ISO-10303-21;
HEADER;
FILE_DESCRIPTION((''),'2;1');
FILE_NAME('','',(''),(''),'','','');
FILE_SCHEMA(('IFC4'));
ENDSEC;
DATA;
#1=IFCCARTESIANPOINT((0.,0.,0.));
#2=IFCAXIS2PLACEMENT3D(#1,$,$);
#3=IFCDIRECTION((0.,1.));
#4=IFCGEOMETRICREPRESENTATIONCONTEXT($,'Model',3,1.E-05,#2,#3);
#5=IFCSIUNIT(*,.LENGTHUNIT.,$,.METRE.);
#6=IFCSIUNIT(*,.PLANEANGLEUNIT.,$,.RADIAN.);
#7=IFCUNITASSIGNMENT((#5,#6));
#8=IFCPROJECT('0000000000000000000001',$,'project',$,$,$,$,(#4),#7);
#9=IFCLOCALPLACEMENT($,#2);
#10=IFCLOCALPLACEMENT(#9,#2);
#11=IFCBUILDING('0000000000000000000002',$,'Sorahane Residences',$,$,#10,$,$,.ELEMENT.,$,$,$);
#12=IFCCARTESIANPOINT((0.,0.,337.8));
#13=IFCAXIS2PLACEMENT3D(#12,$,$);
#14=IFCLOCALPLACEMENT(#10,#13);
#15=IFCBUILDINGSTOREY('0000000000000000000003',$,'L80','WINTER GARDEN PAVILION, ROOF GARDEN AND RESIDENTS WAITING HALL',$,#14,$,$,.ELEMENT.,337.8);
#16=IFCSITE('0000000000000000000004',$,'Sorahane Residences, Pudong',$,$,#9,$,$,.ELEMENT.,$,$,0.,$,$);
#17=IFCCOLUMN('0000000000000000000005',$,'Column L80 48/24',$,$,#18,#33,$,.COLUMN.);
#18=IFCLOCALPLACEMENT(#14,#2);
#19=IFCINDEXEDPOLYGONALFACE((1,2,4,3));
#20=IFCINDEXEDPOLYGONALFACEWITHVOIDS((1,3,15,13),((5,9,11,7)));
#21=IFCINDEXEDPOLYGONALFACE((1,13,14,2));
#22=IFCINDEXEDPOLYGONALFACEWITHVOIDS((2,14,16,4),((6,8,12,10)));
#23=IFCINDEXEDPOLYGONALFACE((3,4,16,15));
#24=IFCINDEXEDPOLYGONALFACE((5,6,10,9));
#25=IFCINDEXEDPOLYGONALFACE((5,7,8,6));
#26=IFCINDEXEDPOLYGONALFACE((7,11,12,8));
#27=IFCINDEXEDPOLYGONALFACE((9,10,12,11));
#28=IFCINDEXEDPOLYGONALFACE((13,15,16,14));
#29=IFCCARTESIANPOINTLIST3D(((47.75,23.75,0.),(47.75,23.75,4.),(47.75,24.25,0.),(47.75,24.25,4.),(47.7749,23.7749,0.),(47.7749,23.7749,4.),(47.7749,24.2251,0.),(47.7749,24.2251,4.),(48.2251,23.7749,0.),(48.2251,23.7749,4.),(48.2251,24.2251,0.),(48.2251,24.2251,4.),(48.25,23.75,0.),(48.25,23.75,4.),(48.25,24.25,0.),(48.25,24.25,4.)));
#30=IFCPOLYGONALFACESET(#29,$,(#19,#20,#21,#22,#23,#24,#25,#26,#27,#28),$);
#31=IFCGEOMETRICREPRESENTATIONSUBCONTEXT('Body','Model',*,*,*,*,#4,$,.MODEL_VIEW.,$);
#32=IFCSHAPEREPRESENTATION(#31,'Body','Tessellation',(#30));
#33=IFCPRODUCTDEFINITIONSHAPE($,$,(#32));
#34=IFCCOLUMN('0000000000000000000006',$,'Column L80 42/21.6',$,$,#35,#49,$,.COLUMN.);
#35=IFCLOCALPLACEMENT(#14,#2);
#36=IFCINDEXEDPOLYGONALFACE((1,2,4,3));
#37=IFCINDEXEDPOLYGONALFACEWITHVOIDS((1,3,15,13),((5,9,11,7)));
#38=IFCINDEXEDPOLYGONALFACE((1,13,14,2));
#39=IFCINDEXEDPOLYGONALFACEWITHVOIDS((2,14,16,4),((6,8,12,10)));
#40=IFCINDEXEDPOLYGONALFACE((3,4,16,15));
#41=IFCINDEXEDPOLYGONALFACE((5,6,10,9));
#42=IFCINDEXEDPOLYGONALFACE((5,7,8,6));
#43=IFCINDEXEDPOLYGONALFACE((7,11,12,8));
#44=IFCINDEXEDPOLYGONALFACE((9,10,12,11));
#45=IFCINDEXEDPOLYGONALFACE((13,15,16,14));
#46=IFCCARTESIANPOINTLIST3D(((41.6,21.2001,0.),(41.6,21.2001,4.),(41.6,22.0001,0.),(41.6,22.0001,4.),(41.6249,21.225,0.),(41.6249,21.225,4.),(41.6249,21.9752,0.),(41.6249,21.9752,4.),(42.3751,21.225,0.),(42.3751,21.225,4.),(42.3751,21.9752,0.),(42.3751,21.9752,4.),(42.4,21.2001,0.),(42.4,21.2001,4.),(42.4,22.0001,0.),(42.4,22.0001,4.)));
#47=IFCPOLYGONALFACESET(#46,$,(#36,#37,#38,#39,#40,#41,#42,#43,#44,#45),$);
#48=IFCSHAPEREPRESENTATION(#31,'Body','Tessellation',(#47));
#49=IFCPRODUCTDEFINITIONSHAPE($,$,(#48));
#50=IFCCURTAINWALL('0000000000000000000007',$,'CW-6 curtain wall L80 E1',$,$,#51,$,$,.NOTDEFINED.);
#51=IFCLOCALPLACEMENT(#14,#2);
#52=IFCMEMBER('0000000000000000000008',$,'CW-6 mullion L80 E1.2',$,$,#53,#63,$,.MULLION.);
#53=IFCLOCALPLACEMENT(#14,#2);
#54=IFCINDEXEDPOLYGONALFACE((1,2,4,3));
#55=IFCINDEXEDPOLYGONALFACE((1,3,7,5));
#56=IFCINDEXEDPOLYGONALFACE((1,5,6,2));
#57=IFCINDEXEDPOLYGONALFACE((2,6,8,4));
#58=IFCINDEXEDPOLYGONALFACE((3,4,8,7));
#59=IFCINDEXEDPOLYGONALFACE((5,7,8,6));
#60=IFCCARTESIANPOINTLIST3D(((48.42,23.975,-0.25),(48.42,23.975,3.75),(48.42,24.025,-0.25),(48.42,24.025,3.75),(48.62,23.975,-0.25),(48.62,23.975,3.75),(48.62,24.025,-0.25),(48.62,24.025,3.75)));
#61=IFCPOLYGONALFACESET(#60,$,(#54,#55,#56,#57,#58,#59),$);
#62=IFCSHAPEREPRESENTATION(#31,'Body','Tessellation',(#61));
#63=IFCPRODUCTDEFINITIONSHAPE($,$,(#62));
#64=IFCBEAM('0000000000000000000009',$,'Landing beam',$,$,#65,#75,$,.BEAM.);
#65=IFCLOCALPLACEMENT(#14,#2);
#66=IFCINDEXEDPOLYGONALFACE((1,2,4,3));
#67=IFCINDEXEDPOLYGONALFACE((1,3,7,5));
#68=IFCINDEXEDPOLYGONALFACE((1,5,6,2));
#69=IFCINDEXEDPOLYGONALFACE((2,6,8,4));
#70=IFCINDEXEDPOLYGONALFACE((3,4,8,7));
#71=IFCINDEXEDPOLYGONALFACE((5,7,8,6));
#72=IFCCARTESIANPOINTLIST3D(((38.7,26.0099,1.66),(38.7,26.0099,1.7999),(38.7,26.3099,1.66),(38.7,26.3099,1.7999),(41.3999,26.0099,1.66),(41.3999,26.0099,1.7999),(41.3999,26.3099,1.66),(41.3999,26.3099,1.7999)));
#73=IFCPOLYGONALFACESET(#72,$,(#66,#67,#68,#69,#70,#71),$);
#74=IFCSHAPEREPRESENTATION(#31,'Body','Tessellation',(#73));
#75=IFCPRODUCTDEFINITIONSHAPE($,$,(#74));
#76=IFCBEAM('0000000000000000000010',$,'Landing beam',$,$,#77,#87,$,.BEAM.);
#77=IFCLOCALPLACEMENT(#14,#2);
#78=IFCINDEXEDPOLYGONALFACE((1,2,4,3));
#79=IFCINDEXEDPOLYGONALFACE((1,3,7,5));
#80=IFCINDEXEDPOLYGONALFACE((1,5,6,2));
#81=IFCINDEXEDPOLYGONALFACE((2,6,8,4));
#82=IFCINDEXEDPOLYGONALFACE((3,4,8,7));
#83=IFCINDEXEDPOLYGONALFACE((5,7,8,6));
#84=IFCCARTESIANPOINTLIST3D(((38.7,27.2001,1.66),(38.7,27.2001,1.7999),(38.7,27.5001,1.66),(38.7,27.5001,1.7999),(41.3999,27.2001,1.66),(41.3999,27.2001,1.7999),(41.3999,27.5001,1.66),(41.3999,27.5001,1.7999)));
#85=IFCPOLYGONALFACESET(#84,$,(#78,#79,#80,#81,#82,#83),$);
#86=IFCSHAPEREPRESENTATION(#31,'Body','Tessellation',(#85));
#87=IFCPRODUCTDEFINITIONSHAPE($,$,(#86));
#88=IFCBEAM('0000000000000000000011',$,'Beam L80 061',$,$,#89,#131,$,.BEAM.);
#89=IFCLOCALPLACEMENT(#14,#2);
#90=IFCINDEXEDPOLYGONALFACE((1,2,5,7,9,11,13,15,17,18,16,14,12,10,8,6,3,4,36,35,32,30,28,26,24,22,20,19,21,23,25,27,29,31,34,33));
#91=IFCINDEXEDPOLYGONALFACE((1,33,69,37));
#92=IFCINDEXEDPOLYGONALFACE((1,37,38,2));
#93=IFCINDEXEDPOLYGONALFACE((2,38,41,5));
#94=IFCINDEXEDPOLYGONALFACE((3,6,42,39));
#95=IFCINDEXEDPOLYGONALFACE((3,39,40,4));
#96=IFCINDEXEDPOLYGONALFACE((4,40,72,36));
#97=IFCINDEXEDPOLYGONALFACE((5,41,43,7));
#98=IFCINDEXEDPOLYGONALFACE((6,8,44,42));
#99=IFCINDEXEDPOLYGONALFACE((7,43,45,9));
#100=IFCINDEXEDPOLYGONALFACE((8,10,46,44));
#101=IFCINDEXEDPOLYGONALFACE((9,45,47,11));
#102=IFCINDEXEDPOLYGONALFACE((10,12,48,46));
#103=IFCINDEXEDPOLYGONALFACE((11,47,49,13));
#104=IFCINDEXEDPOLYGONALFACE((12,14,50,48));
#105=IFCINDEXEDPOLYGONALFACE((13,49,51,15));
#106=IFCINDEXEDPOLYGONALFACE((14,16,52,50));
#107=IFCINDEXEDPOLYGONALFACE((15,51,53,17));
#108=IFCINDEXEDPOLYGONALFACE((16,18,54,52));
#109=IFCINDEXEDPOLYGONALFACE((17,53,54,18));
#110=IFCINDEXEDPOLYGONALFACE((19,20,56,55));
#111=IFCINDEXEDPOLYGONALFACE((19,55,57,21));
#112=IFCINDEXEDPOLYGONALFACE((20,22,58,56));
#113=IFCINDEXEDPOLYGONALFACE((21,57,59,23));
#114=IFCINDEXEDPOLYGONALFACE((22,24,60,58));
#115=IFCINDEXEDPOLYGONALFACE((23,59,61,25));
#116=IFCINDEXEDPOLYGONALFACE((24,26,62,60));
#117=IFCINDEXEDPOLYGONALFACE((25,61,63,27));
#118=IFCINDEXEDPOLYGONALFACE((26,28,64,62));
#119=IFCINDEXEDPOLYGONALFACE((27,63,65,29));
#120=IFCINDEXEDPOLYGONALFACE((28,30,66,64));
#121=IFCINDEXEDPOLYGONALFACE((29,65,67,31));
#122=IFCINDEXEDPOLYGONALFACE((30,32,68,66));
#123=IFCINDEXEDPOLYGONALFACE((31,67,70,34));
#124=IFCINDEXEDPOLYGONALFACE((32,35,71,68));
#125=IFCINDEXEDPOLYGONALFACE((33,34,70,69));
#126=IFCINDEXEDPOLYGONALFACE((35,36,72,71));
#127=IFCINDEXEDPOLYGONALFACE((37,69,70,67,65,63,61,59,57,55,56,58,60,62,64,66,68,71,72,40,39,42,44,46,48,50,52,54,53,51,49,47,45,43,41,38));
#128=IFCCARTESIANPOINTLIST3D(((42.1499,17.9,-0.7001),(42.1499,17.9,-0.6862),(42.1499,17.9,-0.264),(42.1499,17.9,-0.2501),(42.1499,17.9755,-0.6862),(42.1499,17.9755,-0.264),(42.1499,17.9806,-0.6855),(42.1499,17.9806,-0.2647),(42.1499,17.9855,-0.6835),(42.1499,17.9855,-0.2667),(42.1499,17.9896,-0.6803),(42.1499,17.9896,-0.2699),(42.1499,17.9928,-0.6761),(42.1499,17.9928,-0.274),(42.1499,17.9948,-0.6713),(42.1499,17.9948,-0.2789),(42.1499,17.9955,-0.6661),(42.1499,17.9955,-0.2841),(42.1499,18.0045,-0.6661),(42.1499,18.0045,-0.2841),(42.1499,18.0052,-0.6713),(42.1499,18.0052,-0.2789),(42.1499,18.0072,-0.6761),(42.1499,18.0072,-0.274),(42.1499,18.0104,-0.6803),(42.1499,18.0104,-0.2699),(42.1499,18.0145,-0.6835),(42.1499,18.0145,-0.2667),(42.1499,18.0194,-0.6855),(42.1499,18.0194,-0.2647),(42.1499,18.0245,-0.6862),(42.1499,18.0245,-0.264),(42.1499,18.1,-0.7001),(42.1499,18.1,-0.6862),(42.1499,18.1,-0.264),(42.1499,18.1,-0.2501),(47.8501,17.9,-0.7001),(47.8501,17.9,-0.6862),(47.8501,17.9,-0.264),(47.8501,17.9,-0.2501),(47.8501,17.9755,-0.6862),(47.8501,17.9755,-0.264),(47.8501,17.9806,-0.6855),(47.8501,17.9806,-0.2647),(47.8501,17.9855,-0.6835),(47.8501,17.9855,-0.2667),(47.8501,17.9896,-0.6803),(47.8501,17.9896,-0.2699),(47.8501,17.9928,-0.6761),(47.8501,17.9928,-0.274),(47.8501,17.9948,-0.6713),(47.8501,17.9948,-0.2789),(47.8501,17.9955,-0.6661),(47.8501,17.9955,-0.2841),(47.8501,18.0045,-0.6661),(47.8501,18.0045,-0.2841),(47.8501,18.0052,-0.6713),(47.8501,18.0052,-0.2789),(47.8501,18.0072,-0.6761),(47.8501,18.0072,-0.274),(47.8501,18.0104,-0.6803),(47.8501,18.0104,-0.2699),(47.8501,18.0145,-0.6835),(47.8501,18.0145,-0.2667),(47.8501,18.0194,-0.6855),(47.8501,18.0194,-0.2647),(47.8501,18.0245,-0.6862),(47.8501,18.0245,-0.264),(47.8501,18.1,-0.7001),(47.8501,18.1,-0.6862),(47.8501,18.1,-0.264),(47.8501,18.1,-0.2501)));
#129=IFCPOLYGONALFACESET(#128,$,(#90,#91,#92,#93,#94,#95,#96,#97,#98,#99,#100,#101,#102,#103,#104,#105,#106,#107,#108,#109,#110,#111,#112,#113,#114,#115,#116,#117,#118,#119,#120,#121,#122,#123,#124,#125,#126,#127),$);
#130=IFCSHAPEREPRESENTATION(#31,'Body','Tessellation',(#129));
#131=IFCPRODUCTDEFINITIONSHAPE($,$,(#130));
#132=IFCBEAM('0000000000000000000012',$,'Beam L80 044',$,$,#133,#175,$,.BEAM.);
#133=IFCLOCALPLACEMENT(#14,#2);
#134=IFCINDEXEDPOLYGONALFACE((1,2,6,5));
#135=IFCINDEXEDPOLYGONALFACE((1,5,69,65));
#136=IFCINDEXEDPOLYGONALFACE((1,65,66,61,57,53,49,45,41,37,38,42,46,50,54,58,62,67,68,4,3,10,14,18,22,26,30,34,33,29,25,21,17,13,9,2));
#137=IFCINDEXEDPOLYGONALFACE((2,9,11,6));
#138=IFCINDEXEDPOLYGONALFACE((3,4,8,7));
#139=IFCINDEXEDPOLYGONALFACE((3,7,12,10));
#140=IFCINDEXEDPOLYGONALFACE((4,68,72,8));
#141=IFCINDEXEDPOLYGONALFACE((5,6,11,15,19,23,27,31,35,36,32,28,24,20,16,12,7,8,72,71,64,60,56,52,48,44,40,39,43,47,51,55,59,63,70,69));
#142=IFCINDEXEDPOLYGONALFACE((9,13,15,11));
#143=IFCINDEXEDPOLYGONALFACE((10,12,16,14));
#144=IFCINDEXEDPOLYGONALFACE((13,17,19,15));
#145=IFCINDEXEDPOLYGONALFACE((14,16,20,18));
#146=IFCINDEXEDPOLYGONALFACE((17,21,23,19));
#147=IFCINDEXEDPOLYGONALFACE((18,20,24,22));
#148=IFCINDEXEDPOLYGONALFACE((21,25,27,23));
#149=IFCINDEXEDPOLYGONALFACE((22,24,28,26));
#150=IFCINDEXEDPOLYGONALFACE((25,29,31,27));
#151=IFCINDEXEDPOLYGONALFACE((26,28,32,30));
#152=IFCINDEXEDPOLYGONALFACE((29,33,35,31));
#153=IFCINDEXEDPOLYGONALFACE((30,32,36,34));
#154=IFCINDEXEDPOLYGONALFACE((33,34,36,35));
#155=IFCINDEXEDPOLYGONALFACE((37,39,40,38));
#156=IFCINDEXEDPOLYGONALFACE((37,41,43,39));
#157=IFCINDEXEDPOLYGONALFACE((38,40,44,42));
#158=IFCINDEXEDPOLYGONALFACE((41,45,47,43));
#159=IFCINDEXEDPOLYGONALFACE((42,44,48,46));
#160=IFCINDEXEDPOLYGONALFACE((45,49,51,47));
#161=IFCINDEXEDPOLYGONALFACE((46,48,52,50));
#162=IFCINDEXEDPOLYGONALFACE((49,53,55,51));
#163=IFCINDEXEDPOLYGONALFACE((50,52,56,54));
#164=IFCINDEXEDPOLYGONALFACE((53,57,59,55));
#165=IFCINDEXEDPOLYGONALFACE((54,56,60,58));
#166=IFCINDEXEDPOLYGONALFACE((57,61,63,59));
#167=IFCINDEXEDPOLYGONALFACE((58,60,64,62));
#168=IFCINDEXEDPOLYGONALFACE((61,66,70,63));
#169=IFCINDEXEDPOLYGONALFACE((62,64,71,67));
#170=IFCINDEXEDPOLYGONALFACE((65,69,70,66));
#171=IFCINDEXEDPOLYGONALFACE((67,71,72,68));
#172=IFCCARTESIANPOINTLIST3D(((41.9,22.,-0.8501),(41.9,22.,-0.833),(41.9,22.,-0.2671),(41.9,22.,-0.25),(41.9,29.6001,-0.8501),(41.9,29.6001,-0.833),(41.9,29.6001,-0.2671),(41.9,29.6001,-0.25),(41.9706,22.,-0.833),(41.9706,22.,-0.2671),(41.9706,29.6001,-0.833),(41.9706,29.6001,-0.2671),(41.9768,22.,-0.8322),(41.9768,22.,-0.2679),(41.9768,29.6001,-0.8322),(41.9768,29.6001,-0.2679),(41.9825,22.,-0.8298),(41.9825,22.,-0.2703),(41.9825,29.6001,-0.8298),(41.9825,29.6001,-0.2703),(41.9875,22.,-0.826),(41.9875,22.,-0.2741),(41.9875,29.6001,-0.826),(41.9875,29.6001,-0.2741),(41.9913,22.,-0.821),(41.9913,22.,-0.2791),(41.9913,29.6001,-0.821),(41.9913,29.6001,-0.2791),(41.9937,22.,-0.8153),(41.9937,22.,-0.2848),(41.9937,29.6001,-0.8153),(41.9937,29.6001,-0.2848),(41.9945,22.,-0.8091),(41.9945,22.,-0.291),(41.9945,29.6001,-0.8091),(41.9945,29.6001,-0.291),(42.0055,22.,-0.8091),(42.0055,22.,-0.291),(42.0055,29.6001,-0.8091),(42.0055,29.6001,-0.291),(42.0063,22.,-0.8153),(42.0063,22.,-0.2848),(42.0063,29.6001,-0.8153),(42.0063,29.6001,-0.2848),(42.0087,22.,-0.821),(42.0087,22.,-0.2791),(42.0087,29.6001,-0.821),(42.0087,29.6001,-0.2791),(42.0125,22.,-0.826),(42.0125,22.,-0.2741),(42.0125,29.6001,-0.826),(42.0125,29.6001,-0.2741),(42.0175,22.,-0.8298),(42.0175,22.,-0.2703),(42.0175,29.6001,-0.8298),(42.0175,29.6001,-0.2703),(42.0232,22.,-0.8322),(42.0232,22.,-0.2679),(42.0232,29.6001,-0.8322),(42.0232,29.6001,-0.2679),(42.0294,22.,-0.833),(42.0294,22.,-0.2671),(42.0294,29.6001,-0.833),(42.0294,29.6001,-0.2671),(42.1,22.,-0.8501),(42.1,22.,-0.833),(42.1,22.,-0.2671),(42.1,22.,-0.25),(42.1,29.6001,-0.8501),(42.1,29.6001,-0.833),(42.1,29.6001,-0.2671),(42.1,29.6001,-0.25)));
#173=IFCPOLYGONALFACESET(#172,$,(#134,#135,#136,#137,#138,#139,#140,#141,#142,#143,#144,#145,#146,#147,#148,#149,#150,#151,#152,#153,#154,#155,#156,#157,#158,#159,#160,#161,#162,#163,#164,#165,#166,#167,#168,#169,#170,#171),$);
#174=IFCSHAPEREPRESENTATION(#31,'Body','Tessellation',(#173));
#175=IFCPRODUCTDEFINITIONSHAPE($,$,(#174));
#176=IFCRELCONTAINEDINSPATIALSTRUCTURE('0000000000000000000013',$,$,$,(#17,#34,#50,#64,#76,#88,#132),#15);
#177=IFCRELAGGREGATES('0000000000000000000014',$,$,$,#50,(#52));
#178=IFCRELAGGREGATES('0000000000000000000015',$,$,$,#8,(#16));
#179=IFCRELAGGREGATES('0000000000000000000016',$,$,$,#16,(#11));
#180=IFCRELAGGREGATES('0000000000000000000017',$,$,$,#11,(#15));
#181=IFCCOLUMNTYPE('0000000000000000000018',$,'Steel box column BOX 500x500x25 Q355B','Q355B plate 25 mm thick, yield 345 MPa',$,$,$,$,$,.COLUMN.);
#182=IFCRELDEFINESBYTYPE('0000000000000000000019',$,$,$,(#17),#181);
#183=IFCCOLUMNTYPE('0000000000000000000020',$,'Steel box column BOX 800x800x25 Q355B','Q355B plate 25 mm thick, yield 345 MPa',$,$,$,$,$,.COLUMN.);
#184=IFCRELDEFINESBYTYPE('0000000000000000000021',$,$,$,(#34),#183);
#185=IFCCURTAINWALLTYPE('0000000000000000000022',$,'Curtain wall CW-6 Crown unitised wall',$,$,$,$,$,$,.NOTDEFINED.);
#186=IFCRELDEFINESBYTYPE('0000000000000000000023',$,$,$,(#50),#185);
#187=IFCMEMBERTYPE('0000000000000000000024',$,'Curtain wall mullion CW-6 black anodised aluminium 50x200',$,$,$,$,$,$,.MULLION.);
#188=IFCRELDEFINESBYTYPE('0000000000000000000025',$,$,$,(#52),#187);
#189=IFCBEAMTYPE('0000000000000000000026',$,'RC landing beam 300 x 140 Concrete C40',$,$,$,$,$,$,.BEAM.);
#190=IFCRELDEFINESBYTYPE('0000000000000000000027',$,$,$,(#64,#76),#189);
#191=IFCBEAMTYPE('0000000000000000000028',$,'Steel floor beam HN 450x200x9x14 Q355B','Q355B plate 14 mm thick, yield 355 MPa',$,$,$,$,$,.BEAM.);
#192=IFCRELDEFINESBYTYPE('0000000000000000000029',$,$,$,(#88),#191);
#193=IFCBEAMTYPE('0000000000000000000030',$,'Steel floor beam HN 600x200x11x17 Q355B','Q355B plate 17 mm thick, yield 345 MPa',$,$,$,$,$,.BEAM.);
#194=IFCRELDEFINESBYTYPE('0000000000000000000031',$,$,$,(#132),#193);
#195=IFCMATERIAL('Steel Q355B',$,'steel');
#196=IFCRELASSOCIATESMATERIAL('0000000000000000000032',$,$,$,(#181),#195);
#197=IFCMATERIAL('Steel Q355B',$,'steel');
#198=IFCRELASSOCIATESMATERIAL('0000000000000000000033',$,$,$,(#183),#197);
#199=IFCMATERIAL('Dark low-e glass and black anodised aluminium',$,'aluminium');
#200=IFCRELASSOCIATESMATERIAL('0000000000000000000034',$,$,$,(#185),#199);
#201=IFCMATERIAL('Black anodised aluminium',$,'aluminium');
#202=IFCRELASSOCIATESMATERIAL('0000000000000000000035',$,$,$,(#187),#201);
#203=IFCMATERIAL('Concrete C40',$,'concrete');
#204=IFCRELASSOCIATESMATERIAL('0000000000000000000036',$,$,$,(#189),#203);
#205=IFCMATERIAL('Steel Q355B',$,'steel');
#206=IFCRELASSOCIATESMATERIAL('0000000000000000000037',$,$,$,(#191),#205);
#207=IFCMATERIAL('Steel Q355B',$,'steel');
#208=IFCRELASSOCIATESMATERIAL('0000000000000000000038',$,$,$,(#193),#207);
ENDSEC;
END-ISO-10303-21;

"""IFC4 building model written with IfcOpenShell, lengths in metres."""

from ifc_helpers import new_model, si_unit, direction, frame, origin, origin_2d, place, context, subcontext, project, spatial, rectangle, hollow_rectangle, i_section, extrude, material, material_profile, profile_set, type_object, element, aggregate, save


model = new_model("IFC4")

# Units and contexts
model_context = context("Model", 3, precision=1e-05, world=origin(), true_north=direction((0.0, 1.0)))
body_context = subcontext(model_context, "Body", "Model", "MODEL_VIEW")
ifc_project = project(units=[si_unit("LENGTHUNIT", "METRE"), si_unit("PLANEANGLEUNIT", "RADIAN")], contexts=[model_context])

# Site, building, storey
site_placement = place(None, origin())
site = spatial("IfcSite", under=ifc_project, at=site_placement, Name="Sorahane Residences, Pudong", CompositionType="ELEMENT", RefElevation=0.0)
building_placement = place(site_placement, origin())
building = spatial("IfcBuilding", under=site, at=building_placement, Name="Sorahane Residences", CompositionType="ELEMENT")
storey_placement = place(building_placement, frame((0.0, 0.0, 337.8)))
storey = spatial("IfcBuildingStorey", under=building, at=storey_placement, Name="L80", Description="WINTER GARDEN PAVILION, ROOF GARDEN AND RESIDENTS WAITING HALL", CompositionType="ELEMENT", Elevation=337.8)

# Columns
ifc_material_1 = material(Name="Steel Q355B", Category="steel")
ifc_material_profile_1 = material_profile(ifc_material_1, hollow_rectangle(XDim=0.5, YDim=0.5, WallThickness=0.0249, at=origin_2d()), Name="BOX 500x500x25")
ifc_profile_set_1 = profile_set([ifc_material_profile_1], Name="Steel Q355B")
column_type_1 = type_object("IfcColumnType", Name="Steel box column BOX 500x500x25 Q355B", Description="Q355B plate 25 mm thick, yield 345 MPa", PredefinedType="COLUMN", material=ifc_profile_set_1)
column_1_placement = place(storey_placement, frame((48.0, 24.0, 0.0), z_axis=(0.0, 0.0, 1.0), x_axis=(1.0, 0.0, 0.0)))
element("IfcColumn", 1, at=column_1_placement, inside=storey, type_object=column_type_1, Name="Column L80 48/24", PredefinedType="COLUMN", context=body_context, shape_type="SweptSolid", body=[
    extrude(hollow_rectangle(XDim=0.5, YDim=0.5, WallThickness=0.0249, at=origin_2d()), origin(), (0.0, 0.0, 1.0), 4.0),
])
ifc_material_2 = material(Name="Steel Q355B", Category="steel")
ifc_material_profile_2 = material_profile(ifc_material_2, hollow_rectangle(XDim=0.8, YDim=0.8, WallThickness=0.0249, at=origin_2d()), Name="BOX 800x800x25")
ifc_profile_set_2 = profile_set([ifc_material_profile_2], Name="Steel Q355B")
column_type_2 = type_object("IfcColumnType", Name="Steel box column BOX 800x800x25 Q355B", Description="Q355B plate 25 mm thick, yield 345 MPa", PredefinedType="COLUMN", material=ifc_profile_set_2)
column_2_placement = place(storey_placement, frame((42.0, 21.6001, 0.0), z_axis=(0.0, 0.0, 1.0), x_axis=(1.0, 0.0, 0.0)))
element("IfcColumn", 2, at=column_2_placement, inside=storey, type_object=column_type_2, Name="Column L80 42/21.6", PredefinedType="COLUMN", context=body_context, shape_type="SweptSolid", body=[
    extrude(hollow_rectangle(XDim=0.8, YDim=0.8, WallThickness=0.0249, at=origin_2d()), origin(), (0.0, 0.0, 1.0), 4.0),
])

# Curtain wall, member
ifc_material_3 = material(Name="Dark low-e glass and black anodised aluminium", Category="aluminium")
curtain_wall_type = type_object("IfcCurtainWallType", Name="Curtain wall CW-6 Crown unitised wall", PredefinedType="NOTDEFINED", material=ifc_material_3)
curtain_wall_placement = place(storey_placement, origin())
curtain_wall = element("IfcCurtainWall", 3, at=curtain_wall_placement, inside=storey, type_object=curtain_wall_type, Name="CW-6 curtain wall L80 E1", PredefinedType="NOTDEFINED")
ifc_material_4 = material(Name="Black anodised aluminium", Category="aluminium")
ifc_material_profile_3 = material_profile(ifc_material_4, rectangle(XDim=0.2, YDim=0.05, at=origin_2d()), Name="Curtain wall mullion CW-6 black anodised aluminium 50x200")
ifc_profile_set_3 = profile_set([ifc_material_profile_3], Name="Black anodised aluminium")
member_type = type_object("IfcMemberType", Name="Curtain wall mullion CW-6 black anodised aluminium 50x200", PredefinedType="MULLION", material=ifc_profile_set_3)
member_placement = place(storey_placement, frame((48.52, 24.0, -0.25), z_axis=(0.0, 0.0, 1.0), x_axis=(1.0, 0.0, 0.0)))
member = element("IfcMember", 4, at=member_placement, type_object=member_type, Name="CW-6 mullion L80 E1.2", PredefinedType="MULLION", context=body_context, shape_type="SweptSolid", body=[
    extrude(rectangle(XDim=0.2, YDim=0.05, at=origin_2d()), origin(), (0.0, 0.0, 1.0), 4.0),
])

# Beams
ifc_material_5 = material(Name="Concrete C40", Category="concrete")
ifc_material_profile_4 = material_profile(ifc_material_5, rectangle(XDim=0.3, YDim=0.1399, at=origin_2d()), Name="300x140")
ifc_profile_set_4 = profile_set([ifc_material_profile_4], Name="Concrete C40")
beam_type_1 = type_object("IfcBeamType", Name="RC landing beam 300 x 140 Concrete C40", PredefinedType="BEAM", material=ifc_profile_set_4)
for number, where, z_axis, x_axis, name in (
    (5, (38.7, 26.1599, 1.73), (1.0, 0.0, 0.0), (0.0, 1.0, 0.0), "Landing beam"),
    (6, (38.7, 27.3501, 1.73), (1.0, 0.0, 0.0), (0.0, 1.0, 0.0), "Landing beam"),
):
    element("IfcBeam", number, at=place(storey_placement, frame(where, z_axis=z_axis, x_axis=x_axis)), inside=storey, type_object=beam_type_1, Name=name, PredefinedType="BEAM", context=body_context, shape_type="SweptSolid", body=[
        extrude(rectangle(XDim=0.3, YDim=0.1399, at=origin_2d()), origin(), (0.0, 0.0, 1.0), 2.7),
    ])
ifc_material_6 = material(Name="Steel Q355B", Category="steel")
ifc_material_profile_5 = material_profile(ifc_material_6, i_section(OverallWidth=0.2, OverallDepth=0.45, WebThickness=0.009, FlangeThickness=0.0139, FilletRadius=0.02, at=origin_2d()), Name="HN 450x200x9x14")
ifc_profile_set_5 = profile_set([ifc_material_profile_5], Name="Steel Q355B")
beam_type_2 = type_object("IfcBeamType", Name="Steel floor beam HN 450x200x9x14 Q355B", Description="Q355B plate 14 mm thick, yield 355 MPa", PredefinedType="BEAM", material=ifc_profile_set_5)
beam_1_placement = place(storey_placement, frame((42.1499, 18.0, -0.4751), z_axis=(1.0, 0.0, 0.0), x_axis=(0.0, 1.0, 0.0)))
element("IfcBeam", 7, at=beam_1_placement, inside=storey, type_object=beam_type_2, Name="Beam L80 061", PredefinedType="BEAM", context=body_context, shape_type="SweptSolid", body=[
    extrude(i_section(OverallWidth=0.2, OverallDepth=0.45, WebThickness=0.009, FlangeThickness=0.0139, FilletRadius=0.02, at=origin_2d()), origin(), (0.0, 0.0, 1.0), 5.7002),
])
ifc_material_7 = material(Name="Steel Q355B", Category="steel")
ifc_material_profile_6 = material_profile(ifc_material_7, i_section(OverallWidth=0.2, OverallDepth=0.6001, WebThickness=0.011, FlangeThickness=0.0171, FilletRadius=0.0239, at=origin_2d()), Name="HN 600x200x11x17")
ifc_profile_set_6 = profile_set([ifc_material_profile_6], Name="Steel Q355B")
beam_type_3 = type_object("IfcBeamType", Name="Steel floor beam HN 600x200x11x17 Q355B", Description="Q355B plate 17 mm thick, yield 345 MPa", PredefinedType="BEAM", material=ifc_profile_set_6)
beam_2_placement = place(storey_placement, frame((42.0, 22.0, -0.55), z_axis=(0.0, 1.0, 0.0), x_axis=(-1.0, 0.0, 0.0)))
element("IfcBeam", 8, at=beam_2_placement, inside=storey, type_object=beam_type_3, Name="Beam L80 044", PredefinedType="BEAM", context=body_context, shape_type="SweptSolid", body=[
    extrude(i_section(OverallWidth=0.2, OverallDepth=0.6001, WebThickness=0.011, FlangeThickness=0.0171, FilletRadius=0.0239, at=origin_2d()), origin(), (0.0, 0.0, 1.0), 7.6001),
])

aggregate(curtain_wall, [member])

save(model, "model.ifc")
